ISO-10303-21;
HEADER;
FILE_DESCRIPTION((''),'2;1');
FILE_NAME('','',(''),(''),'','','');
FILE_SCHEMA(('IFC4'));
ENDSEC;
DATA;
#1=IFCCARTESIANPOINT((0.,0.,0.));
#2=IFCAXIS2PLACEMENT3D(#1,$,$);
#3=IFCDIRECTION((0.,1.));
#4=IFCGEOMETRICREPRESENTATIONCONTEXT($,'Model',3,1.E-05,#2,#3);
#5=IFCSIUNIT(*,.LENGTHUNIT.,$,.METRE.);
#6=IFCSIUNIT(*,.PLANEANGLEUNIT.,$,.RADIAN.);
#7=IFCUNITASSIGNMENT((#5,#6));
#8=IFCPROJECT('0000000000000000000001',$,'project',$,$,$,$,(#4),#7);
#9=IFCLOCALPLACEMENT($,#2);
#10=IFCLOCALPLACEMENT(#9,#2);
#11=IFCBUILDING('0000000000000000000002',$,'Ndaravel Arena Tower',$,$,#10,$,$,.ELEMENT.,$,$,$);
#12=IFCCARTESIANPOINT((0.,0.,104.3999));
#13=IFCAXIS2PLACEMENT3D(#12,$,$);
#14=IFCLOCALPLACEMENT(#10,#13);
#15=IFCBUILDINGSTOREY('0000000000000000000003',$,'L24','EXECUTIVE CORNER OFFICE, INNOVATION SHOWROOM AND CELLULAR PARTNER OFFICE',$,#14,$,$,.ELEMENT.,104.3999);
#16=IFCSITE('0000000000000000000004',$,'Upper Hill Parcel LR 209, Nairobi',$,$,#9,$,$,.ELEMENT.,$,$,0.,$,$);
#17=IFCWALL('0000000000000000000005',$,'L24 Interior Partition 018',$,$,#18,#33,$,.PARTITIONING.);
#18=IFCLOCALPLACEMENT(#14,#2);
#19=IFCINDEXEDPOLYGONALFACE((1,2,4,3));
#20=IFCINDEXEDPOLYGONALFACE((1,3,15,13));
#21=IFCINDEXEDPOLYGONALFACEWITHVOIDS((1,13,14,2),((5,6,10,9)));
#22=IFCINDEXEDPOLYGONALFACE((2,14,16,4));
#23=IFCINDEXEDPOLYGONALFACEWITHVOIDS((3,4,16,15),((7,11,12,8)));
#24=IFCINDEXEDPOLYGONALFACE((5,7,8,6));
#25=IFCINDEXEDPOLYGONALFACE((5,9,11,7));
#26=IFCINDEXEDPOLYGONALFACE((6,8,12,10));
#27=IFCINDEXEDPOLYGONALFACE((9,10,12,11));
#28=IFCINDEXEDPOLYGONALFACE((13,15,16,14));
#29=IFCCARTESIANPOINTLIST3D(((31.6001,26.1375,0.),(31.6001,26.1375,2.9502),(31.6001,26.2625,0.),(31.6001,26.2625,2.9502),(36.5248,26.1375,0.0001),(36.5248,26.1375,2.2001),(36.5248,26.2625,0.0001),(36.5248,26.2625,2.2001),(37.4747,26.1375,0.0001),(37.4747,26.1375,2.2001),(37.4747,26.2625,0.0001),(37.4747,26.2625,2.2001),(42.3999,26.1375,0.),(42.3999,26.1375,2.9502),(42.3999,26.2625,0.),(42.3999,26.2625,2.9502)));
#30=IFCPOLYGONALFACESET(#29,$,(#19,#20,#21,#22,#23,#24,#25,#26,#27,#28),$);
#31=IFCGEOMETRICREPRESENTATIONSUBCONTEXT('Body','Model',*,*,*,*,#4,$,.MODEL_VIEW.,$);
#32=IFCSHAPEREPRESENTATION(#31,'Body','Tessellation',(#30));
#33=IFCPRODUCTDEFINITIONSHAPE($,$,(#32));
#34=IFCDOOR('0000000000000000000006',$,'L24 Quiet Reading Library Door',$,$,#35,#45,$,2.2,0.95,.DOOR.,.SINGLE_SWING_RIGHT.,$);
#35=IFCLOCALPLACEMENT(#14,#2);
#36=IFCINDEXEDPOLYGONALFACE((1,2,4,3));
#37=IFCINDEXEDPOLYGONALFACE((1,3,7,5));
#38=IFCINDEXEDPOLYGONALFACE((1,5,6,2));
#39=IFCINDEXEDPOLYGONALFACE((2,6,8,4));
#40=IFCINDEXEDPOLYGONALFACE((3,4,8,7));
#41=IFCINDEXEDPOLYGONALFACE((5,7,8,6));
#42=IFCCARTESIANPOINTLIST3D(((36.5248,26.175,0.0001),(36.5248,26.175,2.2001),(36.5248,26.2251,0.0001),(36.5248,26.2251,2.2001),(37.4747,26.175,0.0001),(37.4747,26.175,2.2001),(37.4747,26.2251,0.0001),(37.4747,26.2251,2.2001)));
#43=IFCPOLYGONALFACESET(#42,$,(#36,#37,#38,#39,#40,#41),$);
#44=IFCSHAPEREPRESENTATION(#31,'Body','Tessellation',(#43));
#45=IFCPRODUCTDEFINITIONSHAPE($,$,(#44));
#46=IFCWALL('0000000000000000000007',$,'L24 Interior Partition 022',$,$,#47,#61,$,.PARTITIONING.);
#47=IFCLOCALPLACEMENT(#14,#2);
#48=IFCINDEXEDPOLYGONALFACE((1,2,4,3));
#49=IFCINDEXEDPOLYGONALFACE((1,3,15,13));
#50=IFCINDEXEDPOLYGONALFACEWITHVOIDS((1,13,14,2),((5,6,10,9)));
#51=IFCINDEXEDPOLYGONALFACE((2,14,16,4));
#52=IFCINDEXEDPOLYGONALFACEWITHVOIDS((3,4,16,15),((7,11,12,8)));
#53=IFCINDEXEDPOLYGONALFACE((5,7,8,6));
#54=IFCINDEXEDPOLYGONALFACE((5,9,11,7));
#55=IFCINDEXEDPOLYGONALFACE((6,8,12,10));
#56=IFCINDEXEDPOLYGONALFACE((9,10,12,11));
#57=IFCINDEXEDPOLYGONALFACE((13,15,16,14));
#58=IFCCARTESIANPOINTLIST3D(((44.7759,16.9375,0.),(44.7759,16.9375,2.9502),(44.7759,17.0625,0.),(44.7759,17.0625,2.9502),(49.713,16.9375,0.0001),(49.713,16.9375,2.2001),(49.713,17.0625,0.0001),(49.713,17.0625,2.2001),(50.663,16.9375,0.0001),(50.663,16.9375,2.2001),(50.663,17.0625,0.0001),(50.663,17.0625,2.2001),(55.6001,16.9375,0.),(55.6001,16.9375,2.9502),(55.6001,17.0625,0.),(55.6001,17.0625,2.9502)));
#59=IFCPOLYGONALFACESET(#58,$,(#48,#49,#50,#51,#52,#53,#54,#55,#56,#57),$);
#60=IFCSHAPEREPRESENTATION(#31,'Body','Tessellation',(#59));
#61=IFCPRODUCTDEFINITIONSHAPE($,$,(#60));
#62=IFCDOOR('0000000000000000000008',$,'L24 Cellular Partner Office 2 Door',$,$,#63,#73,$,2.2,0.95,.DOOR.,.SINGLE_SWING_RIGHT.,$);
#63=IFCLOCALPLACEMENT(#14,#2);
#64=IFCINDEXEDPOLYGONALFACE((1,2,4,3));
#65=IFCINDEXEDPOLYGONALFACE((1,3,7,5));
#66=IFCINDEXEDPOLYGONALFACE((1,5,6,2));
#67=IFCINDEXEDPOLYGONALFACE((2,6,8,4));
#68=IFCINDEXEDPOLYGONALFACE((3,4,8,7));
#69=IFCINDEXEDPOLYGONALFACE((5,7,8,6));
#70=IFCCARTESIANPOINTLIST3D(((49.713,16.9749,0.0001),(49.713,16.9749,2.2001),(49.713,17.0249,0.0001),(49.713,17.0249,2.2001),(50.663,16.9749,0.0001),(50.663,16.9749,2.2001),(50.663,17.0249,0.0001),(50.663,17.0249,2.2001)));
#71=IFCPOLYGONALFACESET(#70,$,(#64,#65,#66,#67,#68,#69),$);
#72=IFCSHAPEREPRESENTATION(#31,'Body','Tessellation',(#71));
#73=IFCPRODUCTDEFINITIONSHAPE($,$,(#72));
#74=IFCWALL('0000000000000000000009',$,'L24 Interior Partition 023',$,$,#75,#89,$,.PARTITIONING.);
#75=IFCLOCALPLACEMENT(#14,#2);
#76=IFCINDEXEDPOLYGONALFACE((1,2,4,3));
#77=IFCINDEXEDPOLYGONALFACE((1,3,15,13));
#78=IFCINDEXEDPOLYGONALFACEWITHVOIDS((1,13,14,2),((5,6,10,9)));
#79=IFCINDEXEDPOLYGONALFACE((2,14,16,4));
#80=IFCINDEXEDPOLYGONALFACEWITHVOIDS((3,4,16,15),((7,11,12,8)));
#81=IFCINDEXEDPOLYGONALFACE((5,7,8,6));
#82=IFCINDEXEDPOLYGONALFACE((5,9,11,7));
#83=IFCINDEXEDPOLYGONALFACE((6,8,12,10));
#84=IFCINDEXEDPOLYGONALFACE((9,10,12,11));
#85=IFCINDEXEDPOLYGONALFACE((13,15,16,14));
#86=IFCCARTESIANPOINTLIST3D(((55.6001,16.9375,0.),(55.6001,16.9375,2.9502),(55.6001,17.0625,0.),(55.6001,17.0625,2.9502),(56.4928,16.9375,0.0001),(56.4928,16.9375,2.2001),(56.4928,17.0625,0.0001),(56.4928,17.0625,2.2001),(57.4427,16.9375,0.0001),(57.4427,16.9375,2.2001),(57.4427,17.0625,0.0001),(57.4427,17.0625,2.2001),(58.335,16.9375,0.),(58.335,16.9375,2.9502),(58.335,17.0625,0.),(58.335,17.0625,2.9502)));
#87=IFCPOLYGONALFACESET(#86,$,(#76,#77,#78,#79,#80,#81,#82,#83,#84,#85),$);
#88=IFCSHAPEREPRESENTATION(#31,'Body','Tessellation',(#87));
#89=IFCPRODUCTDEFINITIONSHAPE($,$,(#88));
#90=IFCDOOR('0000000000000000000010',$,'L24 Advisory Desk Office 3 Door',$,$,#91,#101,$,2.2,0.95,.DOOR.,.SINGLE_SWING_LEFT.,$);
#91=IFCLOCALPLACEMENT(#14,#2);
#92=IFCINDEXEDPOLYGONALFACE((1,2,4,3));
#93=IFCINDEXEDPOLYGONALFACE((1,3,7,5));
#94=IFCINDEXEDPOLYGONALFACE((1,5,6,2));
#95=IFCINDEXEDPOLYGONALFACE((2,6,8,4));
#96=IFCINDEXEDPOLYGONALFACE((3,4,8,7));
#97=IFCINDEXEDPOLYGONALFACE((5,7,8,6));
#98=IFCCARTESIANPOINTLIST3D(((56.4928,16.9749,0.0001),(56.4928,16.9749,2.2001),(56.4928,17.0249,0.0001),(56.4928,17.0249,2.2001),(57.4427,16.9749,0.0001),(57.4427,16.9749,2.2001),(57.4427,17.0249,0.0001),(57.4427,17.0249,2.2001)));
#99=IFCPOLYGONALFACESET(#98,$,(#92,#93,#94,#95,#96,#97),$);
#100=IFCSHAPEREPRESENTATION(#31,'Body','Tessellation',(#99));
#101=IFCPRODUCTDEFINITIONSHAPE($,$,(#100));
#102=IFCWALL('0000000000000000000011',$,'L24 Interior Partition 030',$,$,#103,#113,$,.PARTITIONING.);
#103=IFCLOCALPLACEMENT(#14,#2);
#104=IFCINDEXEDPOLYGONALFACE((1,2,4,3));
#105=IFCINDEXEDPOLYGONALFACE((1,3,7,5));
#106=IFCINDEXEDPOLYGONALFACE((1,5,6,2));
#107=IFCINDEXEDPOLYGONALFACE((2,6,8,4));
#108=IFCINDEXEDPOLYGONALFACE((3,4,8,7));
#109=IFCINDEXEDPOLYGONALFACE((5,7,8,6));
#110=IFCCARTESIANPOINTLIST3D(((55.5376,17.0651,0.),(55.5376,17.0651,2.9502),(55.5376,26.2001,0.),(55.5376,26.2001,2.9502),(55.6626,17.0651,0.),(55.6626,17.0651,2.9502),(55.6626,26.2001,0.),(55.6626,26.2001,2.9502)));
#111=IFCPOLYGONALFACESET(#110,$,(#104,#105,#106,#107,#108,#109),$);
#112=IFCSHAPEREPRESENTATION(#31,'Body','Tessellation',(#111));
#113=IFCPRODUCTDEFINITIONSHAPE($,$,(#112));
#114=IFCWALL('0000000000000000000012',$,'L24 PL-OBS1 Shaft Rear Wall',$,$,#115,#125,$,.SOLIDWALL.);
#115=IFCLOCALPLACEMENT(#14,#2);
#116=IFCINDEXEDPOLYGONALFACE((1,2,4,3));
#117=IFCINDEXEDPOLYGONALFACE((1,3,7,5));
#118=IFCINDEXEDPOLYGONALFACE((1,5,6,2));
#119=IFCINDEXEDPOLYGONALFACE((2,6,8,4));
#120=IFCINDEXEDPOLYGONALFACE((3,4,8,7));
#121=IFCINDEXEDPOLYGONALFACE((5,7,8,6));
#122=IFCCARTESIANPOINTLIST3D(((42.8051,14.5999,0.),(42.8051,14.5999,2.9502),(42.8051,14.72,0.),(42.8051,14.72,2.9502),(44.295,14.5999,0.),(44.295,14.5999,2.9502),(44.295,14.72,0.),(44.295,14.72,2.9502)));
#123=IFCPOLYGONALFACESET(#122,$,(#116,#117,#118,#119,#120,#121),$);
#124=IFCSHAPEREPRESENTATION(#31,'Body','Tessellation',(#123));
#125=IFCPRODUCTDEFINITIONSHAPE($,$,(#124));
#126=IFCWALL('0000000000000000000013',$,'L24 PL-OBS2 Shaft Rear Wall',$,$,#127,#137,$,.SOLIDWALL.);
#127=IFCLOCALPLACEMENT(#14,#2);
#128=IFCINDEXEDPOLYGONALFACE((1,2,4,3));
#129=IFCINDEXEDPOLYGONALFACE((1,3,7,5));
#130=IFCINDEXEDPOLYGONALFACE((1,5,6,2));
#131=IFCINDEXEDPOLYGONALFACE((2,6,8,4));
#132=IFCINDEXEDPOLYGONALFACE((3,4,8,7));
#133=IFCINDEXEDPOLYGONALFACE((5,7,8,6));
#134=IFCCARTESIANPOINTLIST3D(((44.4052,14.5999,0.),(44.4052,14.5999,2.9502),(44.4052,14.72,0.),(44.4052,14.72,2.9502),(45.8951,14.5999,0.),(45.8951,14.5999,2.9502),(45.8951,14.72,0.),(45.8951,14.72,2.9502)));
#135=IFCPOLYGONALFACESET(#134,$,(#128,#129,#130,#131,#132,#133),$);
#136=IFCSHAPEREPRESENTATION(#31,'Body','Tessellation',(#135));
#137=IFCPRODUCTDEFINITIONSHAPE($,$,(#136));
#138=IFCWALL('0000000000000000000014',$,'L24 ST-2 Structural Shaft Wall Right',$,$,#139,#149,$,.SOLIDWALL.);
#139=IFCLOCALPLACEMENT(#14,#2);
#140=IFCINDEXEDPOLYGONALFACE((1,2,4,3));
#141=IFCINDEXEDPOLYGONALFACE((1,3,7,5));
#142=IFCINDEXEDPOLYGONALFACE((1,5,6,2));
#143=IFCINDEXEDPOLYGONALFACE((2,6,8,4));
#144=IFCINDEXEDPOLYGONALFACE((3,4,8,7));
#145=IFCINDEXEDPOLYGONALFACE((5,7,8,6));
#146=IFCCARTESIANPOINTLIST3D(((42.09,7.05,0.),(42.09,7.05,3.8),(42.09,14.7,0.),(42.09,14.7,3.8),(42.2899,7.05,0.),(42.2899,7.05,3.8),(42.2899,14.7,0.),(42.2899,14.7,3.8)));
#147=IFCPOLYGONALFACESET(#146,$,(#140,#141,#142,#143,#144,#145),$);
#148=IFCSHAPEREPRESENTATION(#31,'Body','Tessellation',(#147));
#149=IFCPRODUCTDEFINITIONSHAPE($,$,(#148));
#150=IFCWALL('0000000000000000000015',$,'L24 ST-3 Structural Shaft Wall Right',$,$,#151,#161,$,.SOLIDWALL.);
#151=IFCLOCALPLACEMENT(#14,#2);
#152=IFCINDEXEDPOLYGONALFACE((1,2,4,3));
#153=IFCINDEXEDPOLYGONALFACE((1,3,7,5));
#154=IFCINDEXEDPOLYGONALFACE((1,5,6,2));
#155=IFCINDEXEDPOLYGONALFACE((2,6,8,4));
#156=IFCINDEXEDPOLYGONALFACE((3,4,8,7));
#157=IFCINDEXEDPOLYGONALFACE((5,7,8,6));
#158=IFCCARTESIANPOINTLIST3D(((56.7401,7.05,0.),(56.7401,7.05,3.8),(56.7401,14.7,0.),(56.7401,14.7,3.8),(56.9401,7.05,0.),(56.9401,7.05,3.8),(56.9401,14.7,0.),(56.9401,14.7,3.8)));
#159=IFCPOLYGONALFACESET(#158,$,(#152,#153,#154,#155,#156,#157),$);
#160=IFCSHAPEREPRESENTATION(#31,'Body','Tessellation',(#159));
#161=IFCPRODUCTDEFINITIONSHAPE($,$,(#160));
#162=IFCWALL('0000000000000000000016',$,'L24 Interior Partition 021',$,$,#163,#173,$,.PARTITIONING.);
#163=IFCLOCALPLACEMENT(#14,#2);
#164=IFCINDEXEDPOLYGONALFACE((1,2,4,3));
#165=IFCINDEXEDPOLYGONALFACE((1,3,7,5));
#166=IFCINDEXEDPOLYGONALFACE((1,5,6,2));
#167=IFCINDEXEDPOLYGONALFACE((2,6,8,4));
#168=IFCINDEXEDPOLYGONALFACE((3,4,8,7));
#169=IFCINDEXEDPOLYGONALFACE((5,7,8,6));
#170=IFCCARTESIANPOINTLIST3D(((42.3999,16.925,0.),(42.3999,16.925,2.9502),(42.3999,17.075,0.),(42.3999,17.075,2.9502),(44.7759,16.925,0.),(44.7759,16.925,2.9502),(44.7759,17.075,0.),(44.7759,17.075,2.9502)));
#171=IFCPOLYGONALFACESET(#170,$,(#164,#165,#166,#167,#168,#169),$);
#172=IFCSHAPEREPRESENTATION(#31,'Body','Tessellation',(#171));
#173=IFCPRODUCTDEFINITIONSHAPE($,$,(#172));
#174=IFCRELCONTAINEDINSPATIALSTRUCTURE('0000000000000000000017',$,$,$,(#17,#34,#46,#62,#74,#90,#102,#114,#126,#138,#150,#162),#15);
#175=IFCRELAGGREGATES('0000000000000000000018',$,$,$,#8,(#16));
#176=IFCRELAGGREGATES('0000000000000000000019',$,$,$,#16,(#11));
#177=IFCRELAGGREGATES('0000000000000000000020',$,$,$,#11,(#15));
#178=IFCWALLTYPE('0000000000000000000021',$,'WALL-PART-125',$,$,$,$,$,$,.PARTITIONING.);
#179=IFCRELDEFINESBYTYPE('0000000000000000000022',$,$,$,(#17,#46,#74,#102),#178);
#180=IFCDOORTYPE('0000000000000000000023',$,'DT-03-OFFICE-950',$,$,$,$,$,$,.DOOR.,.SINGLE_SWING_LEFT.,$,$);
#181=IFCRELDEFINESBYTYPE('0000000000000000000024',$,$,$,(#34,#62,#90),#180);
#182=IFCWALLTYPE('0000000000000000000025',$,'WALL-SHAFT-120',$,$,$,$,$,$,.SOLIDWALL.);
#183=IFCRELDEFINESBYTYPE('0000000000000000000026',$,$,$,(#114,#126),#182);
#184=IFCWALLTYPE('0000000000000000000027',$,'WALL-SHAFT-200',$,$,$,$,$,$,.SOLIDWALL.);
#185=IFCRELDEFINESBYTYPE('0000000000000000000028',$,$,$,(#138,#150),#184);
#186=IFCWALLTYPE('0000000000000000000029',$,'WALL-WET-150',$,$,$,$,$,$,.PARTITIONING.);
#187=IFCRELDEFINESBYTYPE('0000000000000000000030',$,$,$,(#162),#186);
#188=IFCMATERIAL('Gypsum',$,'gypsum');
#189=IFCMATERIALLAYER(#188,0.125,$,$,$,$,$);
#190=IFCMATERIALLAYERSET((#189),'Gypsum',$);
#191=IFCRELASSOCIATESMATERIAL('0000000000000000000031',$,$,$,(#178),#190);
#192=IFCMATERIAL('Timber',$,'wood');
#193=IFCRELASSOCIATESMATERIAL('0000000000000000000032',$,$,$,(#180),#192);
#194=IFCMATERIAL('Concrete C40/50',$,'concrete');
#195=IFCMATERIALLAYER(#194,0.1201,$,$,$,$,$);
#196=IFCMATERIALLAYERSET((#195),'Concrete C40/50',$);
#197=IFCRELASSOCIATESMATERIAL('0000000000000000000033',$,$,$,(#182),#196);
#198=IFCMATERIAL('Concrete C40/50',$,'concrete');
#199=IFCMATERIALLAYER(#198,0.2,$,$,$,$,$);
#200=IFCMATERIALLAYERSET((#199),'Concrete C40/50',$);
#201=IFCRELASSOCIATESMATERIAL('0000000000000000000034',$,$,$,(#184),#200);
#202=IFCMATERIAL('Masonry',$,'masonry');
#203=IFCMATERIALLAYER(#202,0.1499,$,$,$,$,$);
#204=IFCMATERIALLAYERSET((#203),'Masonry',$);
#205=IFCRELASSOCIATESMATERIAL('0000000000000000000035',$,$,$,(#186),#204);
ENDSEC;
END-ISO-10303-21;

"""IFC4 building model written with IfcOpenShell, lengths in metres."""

from ifc_helpers import new_model, si_unit, direction, frame, frame_2d, origin, place, context, subcontext, project, spatial, rectangle, extrude, material, layer, layer_set, type_object, element, fill, save


model = new_model("IFC4")

# Units and contexts
model_context = context("Model", 3, precision=1e-05, world=origin(), true_north=direction((0.0, 1.0)))
body_context = subcontext(model_context, "Body", "Model", "MODEL_VIEW")
ifc_project = project(units=[si_unit("LENGTHUNIT", "METRE"), si_unit("PLANEANGLEUNIT", "RADIAN")], contexts=[model_context])

# Site, building, storey
site_placement = place(None, origin())
site = spatial("IfcSite", under=ifc_project, at=site_placement, Name="Upper Hill Parcel LR 209, Nairobi", CompositionType="ELEMENT", RefElevation=0.0)
building_placement = place(site_placement, origin())
building = spatial("IfcBuilding", under=site, at=building_placement, Name="Ndaravel Arena Tower", CompositionType="ELEMENT")
storey_placement = place(building_placement, frame((0.0, 0.0, 104.3999)))
storey = spatial("IfcBuildingStorey", under=building, at=storey_placement, Name="L24", Description="EXECUTIVE CORNER OFFICE, INNOVATION SHOWROOM AND CELLULAR PARTNER OFFICE", CompositionType="ELEMENT", Elevation=104.3999)

# Shared definitions
ifc_material_1 = material(Name="Gypsum", Category="gypsum")
ifc_layer_1 = layer(ifc_material_1, 0.125)
ifc_layer_set_1 = layer_set([ifc_layer_1], Name="Gypsum")
wall_type_1 = type_object("IfcWallType", Name="WALL-PART-125", PredefinedType="PARTITIONING", material=ifc_layer_set_1)

# Walls, openings, doors
wall_1_placement = place(storey_placement, frame((42.3999, 26.2, 0.0), z_axis=(0.0, 0.0, 1.0), x_axis=(-1.0, 0.0, 0.0)))
wall_1 = element("IfcWall", 1, at=wall_1_placement, inside=storey, type_object=wall_type_1, Name="L24 Interior Partition 018", PredefinedType="PARTITIONING", context=body_context, shape_type="SweptSolid", body=[
    extrude(rectangle(XDim=10.7998, YDim=0.125, at=frame_2d((5.3999, 0.0))), origin(), (0.0, 0.0, 1.0), 2.9502),
])
opening_1_placement = place(wall_1_placement, frame((4.925, 0.0, 0.0)))
opening_1 = element("IfcOpeningElement", 2, at=opening_1_placement, cuts=wall_1, PredefinedType="OPENING", context=body_context, shape_type="SweptSolid", body=[
    extrude(rectangle(XDim=0.95, YDim=2.2, at=frame_2d((0.4751, 1.1001))), frame((0.0, 0.0625, 0.0), z_axis=(0.0, -1.0, 0.0), x_axis=(1.0, 0.0, 0.0)), (0.0, 0.0, 1.0), 0.125),
])
ifc_material_2 = material(Name="Timber", Category="wood")
door_type_1 = type_object("IfcDoorType", Name="DT-03-OFFICE-950", OperationType="SINGLE_SWING_LEFT", PredefinedType="DOOR", material=ifc_material_2)
door_1_placement = place(opening_1_placement, origin())
door_1 = element("IfcDoor", 3, at=door_1_placement, inside=storey, type_object=door_type_1, Name="L24 Quiet Reading Library Door", OperationType="SINGLE_SWING_RIGHT", OverallHeight=2.2, OverallWidth=0.95, PredefinedType="DOOR", context=body_context, shape_type="SweptSolid", body=[
    extrude(rectangle(XDim=0.95, YDim=2.2, at=frame_2d((0.4751, 1.1001))), frame((0.0, 0.0249, 0.0), z_axis=(0.0, -1.0, 0.0), x_axis=(1.0, 0.0, 0.0)), (0.0, 0.0, 1.0), 0.05),
])
fill(opening_1, door_1)
wall_2_placement = place(storey_placement, frame((44.7759, 17.0, 0.0), z_axis=(0.0, 0.0, 1.0), x_axis=(1.0, 0.0, 0.0)))
wall_2 = element("IfcWall", 4, at=wall_2_placement, inside=storey, type_object=wall_type_1, Name="L24 Interior Partition 022", PredefinedType="PARTITIONING", context=body_context, shape_type="SweptSolid", body=[
    extrude(rectangle(XDim=10.8242, YDim=0.125, at=frame_2d((5.4121, 0.0))), origin(), (0.0, 0.0, 1.0), 2.9502),
])
opening_2_placement = place(wall_2_placement, frame((4.937, 0.0, 0.0)))
opening_2 = element("IfcOpeningElement", 5, at=opening_2_placement, cuts=wall_2, PredefinedType="OPENING", context=body_context, shape_type="SweptSolid", body=[
    extrude(rectangle(XDim=0.95, YDim=2.2, at=frame_2d((0.4751, 1.1001))), frame((0.0, 0.0625, 0.0), z_axis=(0.0, -1.0, 0.0), x_axis=(1.0, 0.0, 0.0)), (0.0, 0.0, 1.0), 0.125),
])
door_2_placement = place(opening_2_placement, origin())
door_2 = element("IfcDoor", 6, at=door_2_placement, inside=storey, type_object=door_type_1, Name="L24 Cellular Partner Office 2 Door", OperationType="SINGLE_SWING_RIGHT", OverallHeight=2.2, OverallWidth=0.95, PredefinedType="DOOR", context=body_context, shape_type="SweptSolid", body=[
    extrude(rectangle(XDim=0.95, YDim=2.2, at=frame_2d((0.4751, 1.1001))), frame((0.0, 0.0249, 0.0), z_axis=(0.0, -1.0, 0.0), x_axis=(1.0, 0.0, 0.0)), (0.0, 0.0, 1.0), 0.05),
])
fill(opening_2, door_2)
wall_3_placement = place(storey_placement, frame((55.6001, 17.0, 0.0), z_axis=(0.0, 0.0, 1.0), x_axis=(1.0, 0.0, 0.0)))
wall_3 = element("IfcWall", 7, at=wall_3_placement, inside=storey, type_object=wall_type_1, Name="L24 Interior Partition 023", PredefinedType="PARTITIONING", context=body_context, shape_type="SweptSolid", body=[
    extrude(rectangle(XDim=2.7349, YDim=0.125, at=frame_2d((1.3674, 0.0))), origin(), (0.0, 0.0, 1.0), 2.9502),
])
opening_3_placement = place(wall_3_placement, frame((0.8926, 0.0, 0.0)))
opening_3 = element("IfcOpeningElement", 8, at=opening_3_placement, cuts=wall_3, PredefinedType="OPENING", context=body_context, shape_type="SweptSolid", body=[
    extrude(rectangle(XDim=0.95, YDim=2.2, at=frame_2d((0.4751, 1.1001))), frame((0.0, 0.0625, 0.0), z_axis=(0.0, -1.0, 0.0), x_axis=(1.0, 0.0, 0.0)), (0.0, 0.0, 1.0), 0.125),
])
door_3_placement = place(opening_3_placement, origin())
door_3 = element("IfcDoor", 9, at=door_3_placement, inside=storey, type_object=door_type_1, Name="L24 Advisory Desk Office 3 Door", OperationType="SINGLE_SWING_LEFT", OverallHeight=2.2, OverallWidth=0.95, PredefinedType="DOOR", context=body_context, shape_type="SweptSolid", body=[
    extrude(rectangle(XDim=0.95, YDim=2.2, at=frame_2d((0.4751, 1.1001))), frame((0.0, 0.0249, 0.0), z_axis=(0.0, -1.0, 0.0), x_axis=(1.0, 0.0, 0.0)), (0.0, 0.0, 1.0), 0.05),
])
fill(opening_3, door_3)

# Walls
wall_4_placement = place(storey_placement, frame((55.6001, 26.2, 0.0), z_axis=(0.0, 0.0, 1.0), x_axis=(0.0, -1.0, 0.0)))
element("IfcWall", 10, at=wall_4_placement, inside=storey, type_object=wall_type_1, Name="L24 Interior Partition 030", PredefinedType="PARTITIONING", context=body_context, shape_type="SweptSolid", body=[
    extrude(rectangle(XDim=9.135, YDim=0.125, at=frame_2d((4.5674, 0.0))), origin(), (0.0, 0.0, 1.0), 2.9502),
])
ifc_material_3 = material(Name="Concrete C40/50", Category="concrete")
ifc_layer_2 = layer(ifc_material_3, 0.1201)
ifc_layer_set_2 = layer_set([ifc_layer_2], Name="Concrete C40/50")
wall_type_2 = type_object("IfcWallType", Name="WALL-SHAFT-120", PredefinedType="SOLIDWALL", material=ifc_layer_set_2)
for number, where, z_axis, x_axis, name in (
    (11, (42.8049, 14.6599, 0.0), (0.0, 0.0, 1.0), (1.0, 0.0, 0.0), "L24 PL-OBS1 Shaft Rear Wall"),
    (12, (44.405, 14.6599, 0.0), (0.0, 0.0, 1.0), (1.0, 0.0, 0.0), "L24 PL-OBS2 Shaft Rear Wall"),
):
    element("IfcWall", number, at=place(storey_placement, frame(where, z_axis=z_axis, x_axis=x_axis)), inside=storey, type_object=wall_type_2, Name=name, PredefinedType="SOLIDWALL", context=body_context, shape_type="SweptSolid", body=[
        extrude(rectangle(XDim=1.49, YDim=0.1201, at=frame_2d((0.7451, 0.0))), origin(), (0.0, 0.0, 1.0), 2.9502),
    ])
ifc_material_4 = material(Name="Concrete C40/50", Category="concrete")
ifc_layer_3 = layer(ifc_material_4, 0.2)
ifc_layer_set_3 = layer_set([ifc_layer_3], Name="Concrete C40/50")
wall_type_3 = type_object("IfcWallType", Name="WALL-SHAFT-200", PredefinedType="SOLIDWALL", material=ifc_layer_set_3)
for number, where, z_axis, x_axis, name in (
    (13, (42.1899, 14.7, 0.0), (0.0, 0.0, 1.0), (0.0, -1.0, 0.0), "L24 ST-2 Structural Shaft Wall Right"),
    (14, (56.8401, 14.7, 0.0), (0.0, 0.0, 1.0), (0.0, -1.0, 0.0), "L24 ST-3 Structural Shaft Wall Right"),
):
    element("IfcWall", number, at=place(storey_placement, frame(where, z_axis=z_axis, x_axis=x_axis)), inside=storey, type_object=wall_type_3, Name=name, PredefinedType="SOLIDWALL", context=body_context, shape_type="SweptSolid", body=[
        extrude(rectangle(XDim=7.6499, YDim=0.2, at=frame_2d((3.825, 0.0))), origin(), (0.0, 0.0, 1.0), 3.8),
    ])

# Shared definitions
ifc_material_5 = material(Name="Masonry", Category="masonry")
ifc_layer_4 = layer(ifc_material_5, 0.1499)
ifc_layer_set_4 = layer_set([ifc_layer_4], Name="Masonry")
wall_type_4 = type_object("IfcWallType", Name="WALL-WET-150", PredefinedType="PARTITIONING", material=ifc_layer_set_4)

# Wall
wall_5_placement = place(storey_placement, frame((42.3999, 17.0, 0.0), z_axis=(0.0, 0.0, 1.0), x_axis=(1.0, 0.0, 0.0)))
element("IfcWall", 15, at=wall_5_placement, inside=storey, type_object=wall_type_4, Name="L24 Interior Partition 021", PredefinedType="PARTITIONING", context=body_context, shape_type="SweptSolid", body=[
    extrude(rectangle(XDim=2.376, YDim=0.1499, at=frame_2d((1.188, 0.0))), origin(), (0.0, 0.0, 1.0), 2.9502),
])

save(model, "model.ifc")
